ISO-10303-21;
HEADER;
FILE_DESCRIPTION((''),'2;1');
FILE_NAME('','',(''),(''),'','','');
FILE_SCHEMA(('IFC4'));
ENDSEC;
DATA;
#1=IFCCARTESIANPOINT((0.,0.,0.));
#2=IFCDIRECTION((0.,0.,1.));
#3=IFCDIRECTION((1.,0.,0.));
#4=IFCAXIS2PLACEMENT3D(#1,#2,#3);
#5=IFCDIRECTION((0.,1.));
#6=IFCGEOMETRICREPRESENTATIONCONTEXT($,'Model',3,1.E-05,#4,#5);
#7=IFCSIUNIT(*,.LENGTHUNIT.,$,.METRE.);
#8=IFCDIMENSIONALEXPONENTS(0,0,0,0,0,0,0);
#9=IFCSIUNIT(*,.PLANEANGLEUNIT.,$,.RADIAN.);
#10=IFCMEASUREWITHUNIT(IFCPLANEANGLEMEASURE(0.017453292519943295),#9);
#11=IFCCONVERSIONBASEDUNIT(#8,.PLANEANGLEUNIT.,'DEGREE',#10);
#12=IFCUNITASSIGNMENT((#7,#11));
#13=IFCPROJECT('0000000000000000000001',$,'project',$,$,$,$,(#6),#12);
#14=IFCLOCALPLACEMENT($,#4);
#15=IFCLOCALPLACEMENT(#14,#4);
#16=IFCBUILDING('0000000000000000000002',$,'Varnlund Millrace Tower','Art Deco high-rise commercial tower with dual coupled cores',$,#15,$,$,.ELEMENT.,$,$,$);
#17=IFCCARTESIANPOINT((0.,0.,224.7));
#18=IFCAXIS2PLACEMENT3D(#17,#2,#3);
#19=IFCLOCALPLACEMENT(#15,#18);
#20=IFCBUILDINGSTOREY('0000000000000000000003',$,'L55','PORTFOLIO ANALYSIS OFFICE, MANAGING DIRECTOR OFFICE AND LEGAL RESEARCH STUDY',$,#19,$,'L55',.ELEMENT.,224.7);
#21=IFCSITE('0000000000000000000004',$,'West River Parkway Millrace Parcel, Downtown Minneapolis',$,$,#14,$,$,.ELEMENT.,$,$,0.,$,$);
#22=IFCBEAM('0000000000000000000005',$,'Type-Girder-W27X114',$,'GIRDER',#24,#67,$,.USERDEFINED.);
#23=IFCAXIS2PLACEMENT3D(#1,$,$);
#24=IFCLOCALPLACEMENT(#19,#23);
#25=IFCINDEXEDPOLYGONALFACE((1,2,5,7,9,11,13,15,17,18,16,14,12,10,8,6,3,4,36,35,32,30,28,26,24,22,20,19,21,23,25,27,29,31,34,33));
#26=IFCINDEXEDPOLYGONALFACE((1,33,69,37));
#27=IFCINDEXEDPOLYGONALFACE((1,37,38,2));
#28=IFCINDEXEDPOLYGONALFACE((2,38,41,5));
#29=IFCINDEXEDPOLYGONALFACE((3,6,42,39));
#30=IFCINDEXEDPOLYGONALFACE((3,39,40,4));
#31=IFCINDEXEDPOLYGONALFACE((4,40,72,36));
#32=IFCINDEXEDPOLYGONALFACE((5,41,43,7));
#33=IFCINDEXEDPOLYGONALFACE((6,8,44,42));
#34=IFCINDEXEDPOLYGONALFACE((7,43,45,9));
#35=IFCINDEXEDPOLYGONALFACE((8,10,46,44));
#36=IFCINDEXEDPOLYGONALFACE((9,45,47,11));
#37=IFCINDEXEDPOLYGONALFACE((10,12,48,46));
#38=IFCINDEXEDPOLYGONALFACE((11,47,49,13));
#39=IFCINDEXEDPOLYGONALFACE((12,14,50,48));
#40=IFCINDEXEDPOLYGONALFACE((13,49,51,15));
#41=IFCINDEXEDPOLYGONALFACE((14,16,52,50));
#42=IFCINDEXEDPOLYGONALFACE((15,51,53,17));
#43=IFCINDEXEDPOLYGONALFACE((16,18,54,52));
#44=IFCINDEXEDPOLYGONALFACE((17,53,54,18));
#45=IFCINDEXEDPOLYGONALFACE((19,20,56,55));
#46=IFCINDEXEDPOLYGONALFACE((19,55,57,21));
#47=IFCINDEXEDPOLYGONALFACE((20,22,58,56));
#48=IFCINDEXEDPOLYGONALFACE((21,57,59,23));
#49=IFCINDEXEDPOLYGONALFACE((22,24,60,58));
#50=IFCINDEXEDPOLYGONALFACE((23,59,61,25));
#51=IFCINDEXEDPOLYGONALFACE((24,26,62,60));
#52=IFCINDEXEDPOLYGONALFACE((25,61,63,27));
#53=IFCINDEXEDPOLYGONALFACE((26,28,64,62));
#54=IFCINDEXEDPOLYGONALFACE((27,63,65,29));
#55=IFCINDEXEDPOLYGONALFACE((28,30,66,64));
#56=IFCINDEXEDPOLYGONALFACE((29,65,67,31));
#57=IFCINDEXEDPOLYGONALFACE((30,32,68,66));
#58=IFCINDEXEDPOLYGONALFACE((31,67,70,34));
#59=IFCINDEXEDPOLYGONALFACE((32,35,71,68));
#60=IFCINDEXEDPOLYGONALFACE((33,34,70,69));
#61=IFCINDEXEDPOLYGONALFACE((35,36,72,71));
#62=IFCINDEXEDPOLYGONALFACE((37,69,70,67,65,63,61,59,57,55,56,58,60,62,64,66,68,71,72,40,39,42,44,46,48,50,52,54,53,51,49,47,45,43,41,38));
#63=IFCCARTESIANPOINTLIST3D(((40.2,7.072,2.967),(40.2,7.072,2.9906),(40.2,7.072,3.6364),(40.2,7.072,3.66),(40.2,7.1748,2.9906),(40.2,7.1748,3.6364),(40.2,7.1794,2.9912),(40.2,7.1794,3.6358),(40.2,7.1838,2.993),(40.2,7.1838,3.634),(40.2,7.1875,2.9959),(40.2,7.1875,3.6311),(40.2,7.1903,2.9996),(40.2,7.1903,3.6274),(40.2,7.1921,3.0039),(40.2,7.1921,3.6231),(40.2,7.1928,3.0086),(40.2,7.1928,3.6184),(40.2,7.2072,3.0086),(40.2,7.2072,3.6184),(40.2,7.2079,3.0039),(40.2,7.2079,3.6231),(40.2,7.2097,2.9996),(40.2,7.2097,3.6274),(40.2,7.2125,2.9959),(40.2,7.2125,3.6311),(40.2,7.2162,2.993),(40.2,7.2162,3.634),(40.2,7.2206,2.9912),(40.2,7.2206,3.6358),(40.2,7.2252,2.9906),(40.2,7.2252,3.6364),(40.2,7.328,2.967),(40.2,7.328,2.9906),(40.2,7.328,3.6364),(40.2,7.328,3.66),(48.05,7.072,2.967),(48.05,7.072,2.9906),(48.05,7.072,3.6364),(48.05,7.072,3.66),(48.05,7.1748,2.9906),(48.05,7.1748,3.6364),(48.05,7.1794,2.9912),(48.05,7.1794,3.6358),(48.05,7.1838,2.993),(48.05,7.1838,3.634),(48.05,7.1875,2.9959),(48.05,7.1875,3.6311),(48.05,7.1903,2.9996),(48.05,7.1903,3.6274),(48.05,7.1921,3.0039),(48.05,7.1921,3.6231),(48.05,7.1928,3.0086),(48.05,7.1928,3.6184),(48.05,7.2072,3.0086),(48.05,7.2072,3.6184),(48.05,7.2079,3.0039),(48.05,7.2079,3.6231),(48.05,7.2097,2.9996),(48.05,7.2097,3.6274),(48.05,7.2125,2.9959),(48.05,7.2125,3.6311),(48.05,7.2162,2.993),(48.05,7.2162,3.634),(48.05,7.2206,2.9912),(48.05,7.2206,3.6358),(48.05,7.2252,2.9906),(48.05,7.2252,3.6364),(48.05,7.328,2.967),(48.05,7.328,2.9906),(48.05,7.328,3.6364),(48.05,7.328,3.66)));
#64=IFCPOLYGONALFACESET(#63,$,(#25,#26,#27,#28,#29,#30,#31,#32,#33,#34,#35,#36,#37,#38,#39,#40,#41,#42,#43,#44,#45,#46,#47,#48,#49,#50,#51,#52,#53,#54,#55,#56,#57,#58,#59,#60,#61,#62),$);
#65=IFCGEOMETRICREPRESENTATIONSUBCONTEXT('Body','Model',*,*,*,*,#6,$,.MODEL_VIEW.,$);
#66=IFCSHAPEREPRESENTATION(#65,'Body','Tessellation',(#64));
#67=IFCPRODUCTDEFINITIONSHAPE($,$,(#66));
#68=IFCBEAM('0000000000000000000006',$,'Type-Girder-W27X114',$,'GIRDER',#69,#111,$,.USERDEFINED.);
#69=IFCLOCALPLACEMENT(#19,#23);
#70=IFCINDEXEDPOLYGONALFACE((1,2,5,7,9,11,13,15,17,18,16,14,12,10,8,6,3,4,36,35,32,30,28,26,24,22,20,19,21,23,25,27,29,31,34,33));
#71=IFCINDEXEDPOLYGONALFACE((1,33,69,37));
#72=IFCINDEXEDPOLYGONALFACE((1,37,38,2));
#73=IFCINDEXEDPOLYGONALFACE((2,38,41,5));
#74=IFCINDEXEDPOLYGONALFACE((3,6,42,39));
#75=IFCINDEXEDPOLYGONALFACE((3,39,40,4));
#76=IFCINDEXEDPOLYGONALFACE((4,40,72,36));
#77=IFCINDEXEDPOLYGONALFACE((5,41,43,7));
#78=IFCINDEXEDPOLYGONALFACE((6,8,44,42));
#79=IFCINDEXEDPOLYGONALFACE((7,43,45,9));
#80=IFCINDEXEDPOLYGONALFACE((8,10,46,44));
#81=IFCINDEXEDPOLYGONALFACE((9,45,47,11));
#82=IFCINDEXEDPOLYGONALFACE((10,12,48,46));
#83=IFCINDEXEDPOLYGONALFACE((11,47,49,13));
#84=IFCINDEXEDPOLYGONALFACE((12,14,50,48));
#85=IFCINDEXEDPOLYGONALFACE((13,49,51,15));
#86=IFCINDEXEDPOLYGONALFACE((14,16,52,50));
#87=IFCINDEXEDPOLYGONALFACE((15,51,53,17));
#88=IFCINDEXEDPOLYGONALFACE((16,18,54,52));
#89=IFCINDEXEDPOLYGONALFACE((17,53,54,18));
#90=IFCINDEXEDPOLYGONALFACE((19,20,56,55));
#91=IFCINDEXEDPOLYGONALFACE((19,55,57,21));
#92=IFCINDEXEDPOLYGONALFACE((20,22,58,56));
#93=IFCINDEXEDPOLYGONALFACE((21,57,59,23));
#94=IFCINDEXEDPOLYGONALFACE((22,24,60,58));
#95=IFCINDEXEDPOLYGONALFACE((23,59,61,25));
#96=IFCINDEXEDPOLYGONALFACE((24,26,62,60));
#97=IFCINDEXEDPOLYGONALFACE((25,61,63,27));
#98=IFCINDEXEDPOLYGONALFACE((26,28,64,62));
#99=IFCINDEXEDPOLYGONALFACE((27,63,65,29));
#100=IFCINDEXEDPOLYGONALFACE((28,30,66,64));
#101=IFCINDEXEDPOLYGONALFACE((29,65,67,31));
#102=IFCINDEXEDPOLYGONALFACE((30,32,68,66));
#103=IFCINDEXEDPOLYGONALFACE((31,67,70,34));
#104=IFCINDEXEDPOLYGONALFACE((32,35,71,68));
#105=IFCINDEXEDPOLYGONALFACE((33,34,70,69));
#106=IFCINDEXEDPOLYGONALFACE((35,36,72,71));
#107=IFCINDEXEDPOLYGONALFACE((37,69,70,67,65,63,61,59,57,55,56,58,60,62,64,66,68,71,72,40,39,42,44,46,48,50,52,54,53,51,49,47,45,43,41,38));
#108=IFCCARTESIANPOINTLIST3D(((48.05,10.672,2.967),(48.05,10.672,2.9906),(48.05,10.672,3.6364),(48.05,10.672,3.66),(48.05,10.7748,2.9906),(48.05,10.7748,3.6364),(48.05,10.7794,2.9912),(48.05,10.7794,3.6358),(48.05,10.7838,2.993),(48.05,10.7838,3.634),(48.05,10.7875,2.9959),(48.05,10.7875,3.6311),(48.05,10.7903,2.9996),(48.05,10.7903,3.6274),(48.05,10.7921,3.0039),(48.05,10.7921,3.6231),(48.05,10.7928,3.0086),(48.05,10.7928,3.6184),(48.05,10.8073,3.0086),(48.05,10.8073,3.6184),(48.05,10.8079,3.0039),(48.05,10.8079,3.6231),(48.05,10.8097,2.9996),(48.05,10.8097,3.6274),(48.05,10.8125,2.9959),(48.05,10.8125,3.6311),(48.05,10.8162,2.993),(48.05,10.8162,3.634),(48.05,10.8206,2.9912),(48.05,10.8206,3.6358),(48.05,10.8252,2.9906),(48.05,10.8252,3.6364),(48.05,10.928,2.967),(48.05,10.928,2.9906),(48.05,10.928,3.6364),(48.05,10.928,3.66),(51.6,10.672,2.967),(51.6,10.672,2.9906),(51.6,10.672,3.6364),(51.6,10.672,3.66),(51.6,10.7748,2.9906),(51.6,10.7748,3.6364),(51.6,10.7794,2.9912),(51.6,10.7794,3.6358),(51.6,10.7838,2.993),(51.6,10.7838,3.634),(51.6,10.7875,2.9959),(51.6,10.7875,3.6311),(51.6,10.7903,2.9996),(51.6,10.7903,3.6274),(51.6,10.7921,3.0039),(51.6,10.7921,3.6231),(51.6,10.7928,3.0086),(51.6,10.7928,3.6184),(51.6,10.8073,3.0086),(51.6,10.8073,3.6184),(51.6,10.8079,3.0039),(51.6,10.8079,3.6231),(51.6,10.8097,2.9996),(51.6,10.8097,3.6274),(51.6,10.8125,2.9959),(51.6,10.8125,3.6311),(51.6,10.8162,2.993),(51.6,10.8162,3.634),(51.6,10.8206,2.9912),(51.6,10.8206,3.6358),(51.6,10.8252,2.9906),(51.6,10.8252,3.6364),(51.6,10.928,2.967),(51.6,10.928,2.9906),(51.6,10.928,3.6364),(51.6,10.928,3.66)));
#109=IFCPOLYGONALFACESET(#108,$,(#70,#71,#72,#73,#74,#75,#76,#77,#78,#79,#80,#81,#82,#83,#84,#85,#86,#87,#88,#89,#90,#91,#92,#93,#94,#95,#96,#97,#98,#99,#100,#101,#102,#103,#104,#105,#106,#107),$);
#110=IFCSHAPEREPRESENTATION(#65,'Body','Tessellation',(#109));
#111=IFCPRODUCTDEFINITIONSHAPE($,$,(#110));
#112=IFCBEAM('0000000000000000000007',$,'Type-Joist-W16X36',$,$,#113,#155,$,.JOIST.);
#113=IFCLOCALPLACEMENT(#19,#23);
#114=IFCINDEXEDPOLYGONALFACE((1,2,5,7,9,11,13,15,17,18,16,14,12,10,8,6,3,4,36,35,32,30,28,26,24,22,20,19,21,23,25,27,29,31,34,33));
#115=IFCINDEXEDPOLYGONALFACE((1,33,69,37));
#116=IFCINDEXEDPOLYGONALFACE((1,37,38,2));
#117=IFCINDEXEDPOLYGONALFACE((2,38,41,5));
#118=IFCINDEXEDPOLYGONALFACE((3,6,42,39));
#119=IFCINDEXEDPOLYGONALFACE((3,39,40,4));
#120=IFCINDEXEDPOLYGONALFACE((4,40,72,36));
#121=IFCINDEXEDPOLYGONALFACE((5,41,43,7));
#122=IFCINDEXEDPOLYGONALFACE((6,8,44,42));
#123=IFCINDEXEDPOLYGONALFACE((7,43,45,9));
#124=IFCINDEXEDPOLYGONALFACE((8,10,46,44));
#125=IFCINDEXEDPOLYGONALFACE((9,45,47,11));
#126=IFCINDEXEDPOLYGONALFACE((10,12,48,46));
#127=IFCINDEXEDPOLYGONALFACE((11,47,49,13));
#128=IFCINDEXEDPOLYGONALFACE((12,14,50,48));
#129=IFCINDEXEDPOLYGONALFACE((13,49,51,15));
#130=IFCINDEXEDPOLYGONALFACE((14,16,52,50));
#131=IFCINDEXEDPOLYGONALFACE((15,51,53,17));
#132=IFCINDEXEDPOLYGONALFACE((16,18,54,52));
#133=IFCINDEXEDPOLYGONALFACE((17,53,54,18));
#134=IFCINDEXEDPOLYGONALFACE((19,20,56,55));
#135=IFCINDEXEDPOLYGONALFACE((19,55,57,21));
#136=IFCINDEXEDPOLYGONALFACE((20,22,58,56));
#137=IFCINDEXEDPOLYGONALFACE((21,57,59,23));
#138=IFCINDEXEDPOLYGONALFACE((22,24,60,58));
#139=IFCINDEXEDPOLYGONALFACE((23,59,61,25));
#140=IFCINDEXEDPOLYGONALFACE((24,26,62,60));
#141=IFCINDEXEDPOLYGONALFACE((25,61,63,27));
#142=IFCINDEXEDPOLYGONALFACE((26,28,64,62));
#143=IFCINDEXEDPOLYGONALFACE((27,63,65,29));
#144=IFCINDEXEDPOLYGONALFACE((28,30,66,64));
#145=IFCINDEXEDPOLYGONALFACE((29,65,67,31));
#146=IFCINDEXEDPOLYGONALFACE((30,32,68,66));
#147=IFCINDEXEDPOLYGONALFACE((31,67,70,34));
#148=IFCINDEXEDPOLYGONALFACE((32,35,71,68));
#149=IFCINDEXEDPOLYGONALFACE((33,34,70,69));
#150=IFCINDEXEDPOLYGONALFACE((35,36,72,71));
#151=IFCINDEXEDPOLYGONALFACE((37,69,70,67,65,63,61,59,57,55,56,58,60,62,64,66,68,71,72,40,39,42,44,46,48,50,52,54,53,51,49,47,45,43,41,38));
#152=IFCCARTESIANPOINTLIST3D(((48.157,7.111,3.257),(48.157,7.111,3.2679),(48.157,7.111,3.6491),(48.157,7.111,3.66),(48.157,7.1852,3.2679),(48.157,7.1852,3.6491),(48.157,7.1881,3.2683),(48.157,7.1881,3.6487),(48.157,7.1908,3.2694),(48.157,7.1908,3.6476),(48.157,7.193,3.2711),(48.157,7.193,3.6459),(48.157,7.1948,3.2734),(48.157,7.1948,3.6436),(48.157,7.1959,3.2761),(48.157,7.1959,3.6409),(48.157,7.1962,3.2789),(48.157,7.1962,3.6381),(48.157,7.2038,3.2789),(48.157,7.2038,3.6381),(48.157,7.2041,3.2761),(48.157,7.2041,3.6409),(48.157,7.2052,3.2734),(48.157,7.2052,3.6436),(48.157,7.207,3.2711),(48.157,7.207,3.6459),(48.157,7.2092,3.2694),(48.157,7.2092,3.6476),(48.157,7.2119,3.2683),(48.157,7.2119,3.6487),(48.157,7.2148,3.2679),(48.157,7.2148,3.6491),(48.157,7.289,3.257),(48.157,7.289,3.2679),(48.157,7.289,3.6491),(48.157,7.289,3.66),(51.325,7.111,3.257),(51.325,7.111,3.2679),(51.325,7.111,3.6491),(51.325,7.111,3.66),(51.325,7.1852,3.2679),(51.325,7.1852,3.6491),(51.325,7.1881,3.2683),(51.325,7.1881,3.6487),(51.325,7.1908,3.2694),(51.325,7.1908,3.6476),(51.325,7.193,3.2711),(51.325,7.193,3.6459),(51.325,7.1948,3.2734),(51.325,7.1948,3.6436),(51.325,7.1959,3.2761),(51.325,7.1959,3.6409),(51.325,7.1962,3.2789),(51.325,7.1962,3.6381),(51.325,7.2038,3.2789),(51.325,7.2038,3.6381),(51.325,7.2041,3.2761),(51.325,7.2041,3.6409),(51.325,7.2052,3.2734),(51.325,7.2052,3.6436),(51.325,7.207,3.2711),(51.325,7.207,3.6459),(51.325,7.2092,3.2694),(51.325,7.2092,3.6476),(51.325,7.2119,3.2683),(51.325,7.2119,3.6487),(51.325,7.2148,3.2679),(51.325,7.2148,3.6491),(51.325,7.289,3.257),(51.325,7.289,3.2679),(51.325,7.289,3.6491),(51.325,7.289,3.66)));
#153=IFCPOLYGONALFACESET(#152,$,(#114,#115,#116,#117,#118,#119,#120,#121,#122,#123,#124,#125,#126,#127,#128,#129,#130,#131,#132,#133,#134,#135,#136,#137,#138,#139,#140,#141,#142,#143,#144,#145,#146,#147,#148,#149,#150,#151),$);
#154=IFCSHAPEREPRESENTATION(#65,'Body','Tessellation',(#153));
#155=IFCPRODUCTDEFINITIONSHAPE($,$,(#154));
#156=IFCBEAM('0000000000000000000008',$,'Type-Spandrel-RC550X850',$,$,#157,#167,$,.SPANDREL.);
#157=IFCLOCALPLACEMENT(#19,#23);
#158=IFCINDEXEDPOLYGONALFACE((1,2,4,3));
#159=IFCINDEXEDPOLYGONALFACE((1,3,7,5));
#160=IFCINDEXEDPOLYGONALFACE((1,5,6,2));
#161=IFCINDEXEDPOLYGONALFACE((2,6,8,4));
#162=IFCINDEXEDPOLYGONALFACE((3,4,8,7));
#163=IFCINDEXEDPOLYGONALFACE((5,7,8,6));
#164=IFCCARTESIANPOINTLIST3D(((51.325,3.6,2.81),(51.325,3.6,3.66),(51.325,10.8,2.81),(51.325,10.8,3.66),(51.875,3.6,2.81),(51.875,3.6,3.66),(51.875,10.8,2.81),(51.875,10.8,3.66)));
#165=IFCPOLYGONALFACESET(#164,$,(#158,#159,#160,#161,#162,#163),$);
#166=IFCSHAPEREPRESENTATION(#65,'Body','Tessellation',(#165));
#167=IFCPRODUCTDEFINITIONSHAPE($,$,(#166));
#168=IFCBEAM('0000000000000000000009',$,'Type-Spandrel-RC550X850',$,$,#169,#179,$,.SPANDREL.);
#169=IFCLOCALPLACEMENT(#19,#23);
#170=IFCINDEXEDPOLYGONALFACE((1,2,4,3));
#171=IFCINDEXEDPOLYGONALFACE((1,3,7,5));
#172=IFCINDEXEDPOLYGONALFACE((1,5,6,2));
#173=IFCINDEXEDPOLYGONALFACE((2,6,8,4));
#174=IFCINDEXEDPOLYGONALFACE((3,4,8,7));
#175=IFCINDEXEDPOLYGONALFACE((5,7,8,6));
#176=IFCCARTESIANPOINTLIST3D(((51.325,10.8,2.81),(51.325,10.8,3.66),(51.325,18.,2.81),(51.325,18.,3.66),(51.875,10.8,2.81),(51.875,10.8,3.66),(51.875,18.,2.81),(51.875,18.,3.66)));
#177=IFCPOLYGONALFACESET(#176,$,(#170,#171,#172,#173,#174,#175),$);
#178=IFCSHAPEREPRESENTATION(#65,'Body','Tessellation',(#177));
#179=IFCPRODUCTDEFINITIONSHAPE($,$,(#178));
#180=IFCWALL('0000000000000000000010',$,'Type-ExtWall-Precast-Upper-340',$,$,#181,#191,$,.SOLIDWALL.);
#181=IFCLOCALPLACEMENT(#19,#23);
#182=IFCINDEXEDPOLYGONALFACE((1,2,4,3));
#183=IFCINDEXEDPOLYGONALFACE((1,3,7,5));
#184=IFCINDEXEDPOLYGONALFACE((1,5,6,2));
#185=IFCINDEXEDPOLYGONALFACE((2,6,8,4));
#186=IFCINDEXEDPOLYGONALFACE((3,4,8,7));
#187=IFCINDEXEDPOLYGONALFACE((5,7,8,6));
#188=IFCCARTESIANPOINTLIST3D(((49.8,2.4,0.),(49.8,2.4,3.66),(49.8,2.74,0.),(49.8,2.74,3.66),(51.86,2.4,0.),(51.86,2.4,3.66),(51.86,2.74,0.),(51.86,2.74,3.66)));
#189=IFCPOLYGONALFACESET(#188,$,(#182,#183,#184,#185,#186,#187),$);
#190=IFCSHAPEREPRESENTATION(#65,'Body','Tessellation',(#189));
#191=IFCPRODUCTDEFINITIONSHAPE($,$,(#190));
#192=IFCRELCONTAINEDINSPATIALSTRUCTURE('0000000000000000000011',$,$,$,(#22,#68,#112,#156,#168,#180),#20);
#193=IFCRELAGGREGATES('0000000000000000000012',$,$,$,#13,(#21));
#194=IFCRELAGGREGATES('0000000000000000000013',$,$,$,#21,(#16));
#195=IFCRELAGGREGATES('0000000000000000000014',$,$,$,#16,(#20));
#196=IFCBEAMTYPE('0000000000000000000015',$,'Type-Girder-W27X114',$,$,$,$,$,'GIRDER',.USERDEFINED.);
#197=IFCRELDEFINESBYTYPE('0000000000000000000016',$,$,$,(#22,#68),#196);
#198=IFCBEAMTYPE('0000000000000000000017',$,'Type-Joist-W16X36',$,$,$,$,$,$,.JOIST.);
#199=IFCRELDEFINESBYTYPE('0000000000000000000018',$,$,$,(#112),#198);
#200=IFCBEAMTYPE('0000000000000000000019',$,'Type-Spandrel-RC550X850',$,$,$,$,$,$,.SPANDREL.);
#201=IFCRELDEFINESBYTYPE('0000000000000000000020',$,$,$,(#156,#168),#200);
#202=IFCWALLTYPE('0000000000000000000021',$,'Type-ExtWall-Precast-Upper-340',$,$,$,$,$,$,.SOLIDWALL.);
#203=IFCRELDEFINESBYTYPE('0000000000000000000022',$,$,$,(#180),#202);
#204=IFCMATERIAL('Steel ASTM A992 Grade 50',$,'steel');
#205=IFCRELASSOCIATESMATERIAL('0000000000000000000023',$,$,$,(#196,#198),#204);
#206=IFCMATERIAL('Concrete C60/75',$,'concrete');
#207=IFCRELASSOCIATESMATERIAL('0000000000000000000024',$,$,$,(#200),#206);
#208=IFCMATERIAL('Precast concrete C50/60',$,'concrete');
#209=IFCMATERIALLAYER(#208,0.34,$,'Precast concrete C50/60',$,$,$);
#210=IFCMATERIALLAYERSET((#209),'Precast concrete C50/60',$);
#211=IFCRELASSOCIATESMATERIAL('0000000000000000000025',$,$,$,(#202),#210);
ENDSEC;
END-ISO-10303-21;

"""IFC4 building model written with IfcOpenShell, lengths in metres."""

from ifc_helpers import new_model, entity, si_unit, converted_unit, direction, frame, origin_with_axes, origin_2d_with_axis, place, context, subcontext, project, spatial, polyline, rectangle, i_section, outline, extrude, material, layer, layer_set, material_profile, profile_set, type_object, element, save


model = new_model("IFC4")

# Units and contexts
model_context = context("Model", 3, precision=1e-05, world=origin_with_axes(), true_north=direction((0.0, 1.0)))
body_context = subcontext(model_context, "Body", "Model", "MODEL_VIEW")
ifc_project = project(units=[si_unit("LENGTHUNIT", "METRE"), converted_unit("PLANEANGLEUNIT", "DEGREE", entity("IfcPlaneAngleMeasure", 0.017453292519943295), si_unit("PLANEANGLEUNIT", "RADIAN"), dimensions=[0, 0, 0, 0, 0, 0, 0])], contexts=[model_context])

# Site, building, storey
site_placement = place(None, origin_with_axes())
site = spatial("IfcSite", under=ifc_project, at=site_placement, Name="West River Parkway Millrace Parcel, Downtown Minneapolis", CompositionType="ELEMENT", RefElevation=0.0)
building_placement = place(site_placement, origin_with_axes())
building = spatial("IfcBuilding", under=site, at=building_placement, Name="Varnlund Millrace Tower", Description="Art Deco high-rise commercial tower with dual coupled cores", CompositionType="ELEMENT")
storey_placement = place(building_placement, frame((0.0, 0.0, 224.7), z_axis=(0.0, 0.0, 1.0), x_axis=(1.0, 0.0, 0.0)))
storey = spatial("IfcBuildingStorey", under=building, at=storey_placement, Name="L55", Description="PORTFOLIO ANALYSIS OFFICE, MANAGING DIRECTOR OFFICE AND LEGAL RESEARCH STUDY", LongName="L55", CompositionType="ELEMENT", Elevation=224.7)

# Beams
ifc_material_1 = material(Name="Steel ASTM A992 Grade 50", Category="steel")
ifc_material_profile_1 = material_profile(ifc_material_1, i_section(OverallWidth=0.256, OverallDepth=0.693, WebThickness=0.0145, FlangeThickness=0.0236, FilletRadius=0.018, at=origin_2d_with_axis()), Name="Steel ASTM A992 Grade 50")
ifc_profile_set_1 = profile_set([ifc_material_profile_1], Name="Steel ASTM A992 Grade 50")
beam_type_1 = type_object("IfcBeamType", Name="Type-Girder-W27X114", ElementType="GIRDER", PredefinedType="USERDEFINED", material=ifc_profile_set_1)
beam_1_placement = place(storey_placement, frame((40.2, 7.2, 3.3135), z_axis=(1.0, 0.0, 0.0), x_axis=(0.0, 1.0, 0.0)))
element("IfcBeam", 1, at=beam_1_placement, inside=storey, type_object=beam_type_1, Name="Type-Girder-W27X114", ObjectType="GIRDER", PredefinedType="USERDEFINED", context=body_context, shape_type="SweptSolid", body=[
    extrude(i_section(OverallWidth=0.256, OverallDepth=0.693, WebThickness=0.0145, FlangeThickness=0.0236, FilletRadius=0.018, at=origin_2d_with_axis()), origin_with_axes(), (0.0, 0.0, 1.0), 7.85),
])
beam_2_placement = place(storey_placement, frame((48.05, 10.8, 3.3135), z_axis=(1.0, 0.0, 0.0), x_axis=(0.0, 1.0, 0.0)))
element("IfcBeam", 2, at=beam_2_placement, inside=storey, type_object=beam_type_1, Name="Type-Girder-W27X114", ObjectType="GIRDER", PredefinedType="USERDEFINED", context=body_context, shape_type="SweptSolid", body=[
    extrude(i_section(OverallWidth=0.256, OverallDepth=0.693, WebThickness=0.0145, FlangeThickness=0.0236, FilletRadius=0.018, at=origin_2d_with_axis()), origin_with_axes(), (0.0, 0.0, 1.0), 3.55),
])
ifc_material_profile_2 = material_profile(ifc_material_1, i_section(OverallWidth=0.178, OverallDepth=0.403, WebThickness=0.0075, FlangeThickness=0.0109, FilletRadius=0.011, at=origin_2d_with_axis()), Name="Steel ASTM A992 Grade 50")
ifc_profile_set_2 = profile_set([ifc_material_profile_2], Name="Steel ASTM A992 Grade 50")
beam_type_2 = type_object("IfcBeamType", Name="Type-Joist-W16X36", PredefinedType="JOIST", material=ifc_profile_set_2)
beam_3_placement = place(storey_placement, frame((48.157, 7.2, 3.4585), z_axis=(1.0, 0.0, 0.0), x_axis=(0.0, 1.0, 0.0)))
element("IfcBeam", 3, at=beam_3_placement, inside=storey, type_object=beam_type_2, Name="Type-Joist-W16X36", PredefinedType="JOIST", context=body_context, shape_type="SweptSolid", body=[
    extrude(i_section(OverallWidth=0.178, OverallDepth=0.403, WebThickness=0.0075, FlangeThickness=0.0109, FilletRadius=0.011, at=origin_2d_with_axis()), origin_with_axes(), (0.0, 0.0, 1.0), 3.168),
])
ifc_material_2 = material(Name="Concrete C60/75", Category="concrete")
ifc_material_profile_3 = material_profile(ifc_material_2, rectangle(XDim=0.55, YDim=0.85, at=origin_2d_with_axis()), Name="Concrete C60/75")
ifc_profile_set_3 = profile_set([ifc_material_profile_3], Name="Concrete C60/75")
beam_type_3 = type_object("IfcBeamType", Name="Type-Spandrel-RC550X850", PredefinedType="SPANDREL", material=ifc_profile_set_3)
for number, where, z_axis, x_axis, name in (
    (4, (51.6, 3.6, 3.235), (0.0, 1.0, 0.0), (-1.0, 0.0, 0.0), "Type-Spandrel-RC550X850"),
    (5, (51.6, 10.8, 3.235), (0.0, 1.0, 0.0), (-1.0, 0.0, 0.0), "Type-Spandrel-RC550X850"),
):
    element("IfcBeam", number, at=place(storey_placement, frame(where, z_axis=z_axis, x_axis=x_axis)), inside=storey, type_object=beam_type_3, Name=name, PredefinedType="SPANDREL", context=body_context, shape_type="SweptSolid", body=[
        extrude(rectangle(XDim=0.55, YDim=0.85, at=origin_2d_with_axis()), origin_with_axes(), (0.0, 0.0, 1.0), 7.2),
    ])

# Wall
ifc_material_3 = material(Name="Precast concrete C50/60", Category="concrete")
ifc_layer_1 = layer(ifc_material_3, 0.34, Name="Precast concrete C50/60")
ifc_layer_set_1 = layer_set([ifc_layer_1], Name="Precast concrete C50/60")
wall_type_1 = type_object("IfcWallType", Name="Type-ExtWall-Precast-Upper-340", PredefinedType="SOLIDWALL", material=ifc_layer_set_1)
wall_1_placement = place(storey_placement, frame((51.86, 2.57, 0.0), z_axis=(0.0, 0.0, 1.0), x_axis=(-1.0, 0.0, 0.0)))
element("IfcWall", 6, at=wall_1_placement, inside=storey, type_object=wall_type_1, Name="Type-ExtWall-Precast-Upper-340", PredefinedType="SOLIDWALL", context=body_context, shape_type="SweptSolid", body=[
    extrude(outline(polyline([(0.0, -0.17), (2.06, -0.17), (2.06, 0.17), (0.0, 0.17), (0.0, -0.17)])), origin_with_axes(), (0.0, 0.0, 1.0), 3.66),
])

save(model, "model.ifc")
